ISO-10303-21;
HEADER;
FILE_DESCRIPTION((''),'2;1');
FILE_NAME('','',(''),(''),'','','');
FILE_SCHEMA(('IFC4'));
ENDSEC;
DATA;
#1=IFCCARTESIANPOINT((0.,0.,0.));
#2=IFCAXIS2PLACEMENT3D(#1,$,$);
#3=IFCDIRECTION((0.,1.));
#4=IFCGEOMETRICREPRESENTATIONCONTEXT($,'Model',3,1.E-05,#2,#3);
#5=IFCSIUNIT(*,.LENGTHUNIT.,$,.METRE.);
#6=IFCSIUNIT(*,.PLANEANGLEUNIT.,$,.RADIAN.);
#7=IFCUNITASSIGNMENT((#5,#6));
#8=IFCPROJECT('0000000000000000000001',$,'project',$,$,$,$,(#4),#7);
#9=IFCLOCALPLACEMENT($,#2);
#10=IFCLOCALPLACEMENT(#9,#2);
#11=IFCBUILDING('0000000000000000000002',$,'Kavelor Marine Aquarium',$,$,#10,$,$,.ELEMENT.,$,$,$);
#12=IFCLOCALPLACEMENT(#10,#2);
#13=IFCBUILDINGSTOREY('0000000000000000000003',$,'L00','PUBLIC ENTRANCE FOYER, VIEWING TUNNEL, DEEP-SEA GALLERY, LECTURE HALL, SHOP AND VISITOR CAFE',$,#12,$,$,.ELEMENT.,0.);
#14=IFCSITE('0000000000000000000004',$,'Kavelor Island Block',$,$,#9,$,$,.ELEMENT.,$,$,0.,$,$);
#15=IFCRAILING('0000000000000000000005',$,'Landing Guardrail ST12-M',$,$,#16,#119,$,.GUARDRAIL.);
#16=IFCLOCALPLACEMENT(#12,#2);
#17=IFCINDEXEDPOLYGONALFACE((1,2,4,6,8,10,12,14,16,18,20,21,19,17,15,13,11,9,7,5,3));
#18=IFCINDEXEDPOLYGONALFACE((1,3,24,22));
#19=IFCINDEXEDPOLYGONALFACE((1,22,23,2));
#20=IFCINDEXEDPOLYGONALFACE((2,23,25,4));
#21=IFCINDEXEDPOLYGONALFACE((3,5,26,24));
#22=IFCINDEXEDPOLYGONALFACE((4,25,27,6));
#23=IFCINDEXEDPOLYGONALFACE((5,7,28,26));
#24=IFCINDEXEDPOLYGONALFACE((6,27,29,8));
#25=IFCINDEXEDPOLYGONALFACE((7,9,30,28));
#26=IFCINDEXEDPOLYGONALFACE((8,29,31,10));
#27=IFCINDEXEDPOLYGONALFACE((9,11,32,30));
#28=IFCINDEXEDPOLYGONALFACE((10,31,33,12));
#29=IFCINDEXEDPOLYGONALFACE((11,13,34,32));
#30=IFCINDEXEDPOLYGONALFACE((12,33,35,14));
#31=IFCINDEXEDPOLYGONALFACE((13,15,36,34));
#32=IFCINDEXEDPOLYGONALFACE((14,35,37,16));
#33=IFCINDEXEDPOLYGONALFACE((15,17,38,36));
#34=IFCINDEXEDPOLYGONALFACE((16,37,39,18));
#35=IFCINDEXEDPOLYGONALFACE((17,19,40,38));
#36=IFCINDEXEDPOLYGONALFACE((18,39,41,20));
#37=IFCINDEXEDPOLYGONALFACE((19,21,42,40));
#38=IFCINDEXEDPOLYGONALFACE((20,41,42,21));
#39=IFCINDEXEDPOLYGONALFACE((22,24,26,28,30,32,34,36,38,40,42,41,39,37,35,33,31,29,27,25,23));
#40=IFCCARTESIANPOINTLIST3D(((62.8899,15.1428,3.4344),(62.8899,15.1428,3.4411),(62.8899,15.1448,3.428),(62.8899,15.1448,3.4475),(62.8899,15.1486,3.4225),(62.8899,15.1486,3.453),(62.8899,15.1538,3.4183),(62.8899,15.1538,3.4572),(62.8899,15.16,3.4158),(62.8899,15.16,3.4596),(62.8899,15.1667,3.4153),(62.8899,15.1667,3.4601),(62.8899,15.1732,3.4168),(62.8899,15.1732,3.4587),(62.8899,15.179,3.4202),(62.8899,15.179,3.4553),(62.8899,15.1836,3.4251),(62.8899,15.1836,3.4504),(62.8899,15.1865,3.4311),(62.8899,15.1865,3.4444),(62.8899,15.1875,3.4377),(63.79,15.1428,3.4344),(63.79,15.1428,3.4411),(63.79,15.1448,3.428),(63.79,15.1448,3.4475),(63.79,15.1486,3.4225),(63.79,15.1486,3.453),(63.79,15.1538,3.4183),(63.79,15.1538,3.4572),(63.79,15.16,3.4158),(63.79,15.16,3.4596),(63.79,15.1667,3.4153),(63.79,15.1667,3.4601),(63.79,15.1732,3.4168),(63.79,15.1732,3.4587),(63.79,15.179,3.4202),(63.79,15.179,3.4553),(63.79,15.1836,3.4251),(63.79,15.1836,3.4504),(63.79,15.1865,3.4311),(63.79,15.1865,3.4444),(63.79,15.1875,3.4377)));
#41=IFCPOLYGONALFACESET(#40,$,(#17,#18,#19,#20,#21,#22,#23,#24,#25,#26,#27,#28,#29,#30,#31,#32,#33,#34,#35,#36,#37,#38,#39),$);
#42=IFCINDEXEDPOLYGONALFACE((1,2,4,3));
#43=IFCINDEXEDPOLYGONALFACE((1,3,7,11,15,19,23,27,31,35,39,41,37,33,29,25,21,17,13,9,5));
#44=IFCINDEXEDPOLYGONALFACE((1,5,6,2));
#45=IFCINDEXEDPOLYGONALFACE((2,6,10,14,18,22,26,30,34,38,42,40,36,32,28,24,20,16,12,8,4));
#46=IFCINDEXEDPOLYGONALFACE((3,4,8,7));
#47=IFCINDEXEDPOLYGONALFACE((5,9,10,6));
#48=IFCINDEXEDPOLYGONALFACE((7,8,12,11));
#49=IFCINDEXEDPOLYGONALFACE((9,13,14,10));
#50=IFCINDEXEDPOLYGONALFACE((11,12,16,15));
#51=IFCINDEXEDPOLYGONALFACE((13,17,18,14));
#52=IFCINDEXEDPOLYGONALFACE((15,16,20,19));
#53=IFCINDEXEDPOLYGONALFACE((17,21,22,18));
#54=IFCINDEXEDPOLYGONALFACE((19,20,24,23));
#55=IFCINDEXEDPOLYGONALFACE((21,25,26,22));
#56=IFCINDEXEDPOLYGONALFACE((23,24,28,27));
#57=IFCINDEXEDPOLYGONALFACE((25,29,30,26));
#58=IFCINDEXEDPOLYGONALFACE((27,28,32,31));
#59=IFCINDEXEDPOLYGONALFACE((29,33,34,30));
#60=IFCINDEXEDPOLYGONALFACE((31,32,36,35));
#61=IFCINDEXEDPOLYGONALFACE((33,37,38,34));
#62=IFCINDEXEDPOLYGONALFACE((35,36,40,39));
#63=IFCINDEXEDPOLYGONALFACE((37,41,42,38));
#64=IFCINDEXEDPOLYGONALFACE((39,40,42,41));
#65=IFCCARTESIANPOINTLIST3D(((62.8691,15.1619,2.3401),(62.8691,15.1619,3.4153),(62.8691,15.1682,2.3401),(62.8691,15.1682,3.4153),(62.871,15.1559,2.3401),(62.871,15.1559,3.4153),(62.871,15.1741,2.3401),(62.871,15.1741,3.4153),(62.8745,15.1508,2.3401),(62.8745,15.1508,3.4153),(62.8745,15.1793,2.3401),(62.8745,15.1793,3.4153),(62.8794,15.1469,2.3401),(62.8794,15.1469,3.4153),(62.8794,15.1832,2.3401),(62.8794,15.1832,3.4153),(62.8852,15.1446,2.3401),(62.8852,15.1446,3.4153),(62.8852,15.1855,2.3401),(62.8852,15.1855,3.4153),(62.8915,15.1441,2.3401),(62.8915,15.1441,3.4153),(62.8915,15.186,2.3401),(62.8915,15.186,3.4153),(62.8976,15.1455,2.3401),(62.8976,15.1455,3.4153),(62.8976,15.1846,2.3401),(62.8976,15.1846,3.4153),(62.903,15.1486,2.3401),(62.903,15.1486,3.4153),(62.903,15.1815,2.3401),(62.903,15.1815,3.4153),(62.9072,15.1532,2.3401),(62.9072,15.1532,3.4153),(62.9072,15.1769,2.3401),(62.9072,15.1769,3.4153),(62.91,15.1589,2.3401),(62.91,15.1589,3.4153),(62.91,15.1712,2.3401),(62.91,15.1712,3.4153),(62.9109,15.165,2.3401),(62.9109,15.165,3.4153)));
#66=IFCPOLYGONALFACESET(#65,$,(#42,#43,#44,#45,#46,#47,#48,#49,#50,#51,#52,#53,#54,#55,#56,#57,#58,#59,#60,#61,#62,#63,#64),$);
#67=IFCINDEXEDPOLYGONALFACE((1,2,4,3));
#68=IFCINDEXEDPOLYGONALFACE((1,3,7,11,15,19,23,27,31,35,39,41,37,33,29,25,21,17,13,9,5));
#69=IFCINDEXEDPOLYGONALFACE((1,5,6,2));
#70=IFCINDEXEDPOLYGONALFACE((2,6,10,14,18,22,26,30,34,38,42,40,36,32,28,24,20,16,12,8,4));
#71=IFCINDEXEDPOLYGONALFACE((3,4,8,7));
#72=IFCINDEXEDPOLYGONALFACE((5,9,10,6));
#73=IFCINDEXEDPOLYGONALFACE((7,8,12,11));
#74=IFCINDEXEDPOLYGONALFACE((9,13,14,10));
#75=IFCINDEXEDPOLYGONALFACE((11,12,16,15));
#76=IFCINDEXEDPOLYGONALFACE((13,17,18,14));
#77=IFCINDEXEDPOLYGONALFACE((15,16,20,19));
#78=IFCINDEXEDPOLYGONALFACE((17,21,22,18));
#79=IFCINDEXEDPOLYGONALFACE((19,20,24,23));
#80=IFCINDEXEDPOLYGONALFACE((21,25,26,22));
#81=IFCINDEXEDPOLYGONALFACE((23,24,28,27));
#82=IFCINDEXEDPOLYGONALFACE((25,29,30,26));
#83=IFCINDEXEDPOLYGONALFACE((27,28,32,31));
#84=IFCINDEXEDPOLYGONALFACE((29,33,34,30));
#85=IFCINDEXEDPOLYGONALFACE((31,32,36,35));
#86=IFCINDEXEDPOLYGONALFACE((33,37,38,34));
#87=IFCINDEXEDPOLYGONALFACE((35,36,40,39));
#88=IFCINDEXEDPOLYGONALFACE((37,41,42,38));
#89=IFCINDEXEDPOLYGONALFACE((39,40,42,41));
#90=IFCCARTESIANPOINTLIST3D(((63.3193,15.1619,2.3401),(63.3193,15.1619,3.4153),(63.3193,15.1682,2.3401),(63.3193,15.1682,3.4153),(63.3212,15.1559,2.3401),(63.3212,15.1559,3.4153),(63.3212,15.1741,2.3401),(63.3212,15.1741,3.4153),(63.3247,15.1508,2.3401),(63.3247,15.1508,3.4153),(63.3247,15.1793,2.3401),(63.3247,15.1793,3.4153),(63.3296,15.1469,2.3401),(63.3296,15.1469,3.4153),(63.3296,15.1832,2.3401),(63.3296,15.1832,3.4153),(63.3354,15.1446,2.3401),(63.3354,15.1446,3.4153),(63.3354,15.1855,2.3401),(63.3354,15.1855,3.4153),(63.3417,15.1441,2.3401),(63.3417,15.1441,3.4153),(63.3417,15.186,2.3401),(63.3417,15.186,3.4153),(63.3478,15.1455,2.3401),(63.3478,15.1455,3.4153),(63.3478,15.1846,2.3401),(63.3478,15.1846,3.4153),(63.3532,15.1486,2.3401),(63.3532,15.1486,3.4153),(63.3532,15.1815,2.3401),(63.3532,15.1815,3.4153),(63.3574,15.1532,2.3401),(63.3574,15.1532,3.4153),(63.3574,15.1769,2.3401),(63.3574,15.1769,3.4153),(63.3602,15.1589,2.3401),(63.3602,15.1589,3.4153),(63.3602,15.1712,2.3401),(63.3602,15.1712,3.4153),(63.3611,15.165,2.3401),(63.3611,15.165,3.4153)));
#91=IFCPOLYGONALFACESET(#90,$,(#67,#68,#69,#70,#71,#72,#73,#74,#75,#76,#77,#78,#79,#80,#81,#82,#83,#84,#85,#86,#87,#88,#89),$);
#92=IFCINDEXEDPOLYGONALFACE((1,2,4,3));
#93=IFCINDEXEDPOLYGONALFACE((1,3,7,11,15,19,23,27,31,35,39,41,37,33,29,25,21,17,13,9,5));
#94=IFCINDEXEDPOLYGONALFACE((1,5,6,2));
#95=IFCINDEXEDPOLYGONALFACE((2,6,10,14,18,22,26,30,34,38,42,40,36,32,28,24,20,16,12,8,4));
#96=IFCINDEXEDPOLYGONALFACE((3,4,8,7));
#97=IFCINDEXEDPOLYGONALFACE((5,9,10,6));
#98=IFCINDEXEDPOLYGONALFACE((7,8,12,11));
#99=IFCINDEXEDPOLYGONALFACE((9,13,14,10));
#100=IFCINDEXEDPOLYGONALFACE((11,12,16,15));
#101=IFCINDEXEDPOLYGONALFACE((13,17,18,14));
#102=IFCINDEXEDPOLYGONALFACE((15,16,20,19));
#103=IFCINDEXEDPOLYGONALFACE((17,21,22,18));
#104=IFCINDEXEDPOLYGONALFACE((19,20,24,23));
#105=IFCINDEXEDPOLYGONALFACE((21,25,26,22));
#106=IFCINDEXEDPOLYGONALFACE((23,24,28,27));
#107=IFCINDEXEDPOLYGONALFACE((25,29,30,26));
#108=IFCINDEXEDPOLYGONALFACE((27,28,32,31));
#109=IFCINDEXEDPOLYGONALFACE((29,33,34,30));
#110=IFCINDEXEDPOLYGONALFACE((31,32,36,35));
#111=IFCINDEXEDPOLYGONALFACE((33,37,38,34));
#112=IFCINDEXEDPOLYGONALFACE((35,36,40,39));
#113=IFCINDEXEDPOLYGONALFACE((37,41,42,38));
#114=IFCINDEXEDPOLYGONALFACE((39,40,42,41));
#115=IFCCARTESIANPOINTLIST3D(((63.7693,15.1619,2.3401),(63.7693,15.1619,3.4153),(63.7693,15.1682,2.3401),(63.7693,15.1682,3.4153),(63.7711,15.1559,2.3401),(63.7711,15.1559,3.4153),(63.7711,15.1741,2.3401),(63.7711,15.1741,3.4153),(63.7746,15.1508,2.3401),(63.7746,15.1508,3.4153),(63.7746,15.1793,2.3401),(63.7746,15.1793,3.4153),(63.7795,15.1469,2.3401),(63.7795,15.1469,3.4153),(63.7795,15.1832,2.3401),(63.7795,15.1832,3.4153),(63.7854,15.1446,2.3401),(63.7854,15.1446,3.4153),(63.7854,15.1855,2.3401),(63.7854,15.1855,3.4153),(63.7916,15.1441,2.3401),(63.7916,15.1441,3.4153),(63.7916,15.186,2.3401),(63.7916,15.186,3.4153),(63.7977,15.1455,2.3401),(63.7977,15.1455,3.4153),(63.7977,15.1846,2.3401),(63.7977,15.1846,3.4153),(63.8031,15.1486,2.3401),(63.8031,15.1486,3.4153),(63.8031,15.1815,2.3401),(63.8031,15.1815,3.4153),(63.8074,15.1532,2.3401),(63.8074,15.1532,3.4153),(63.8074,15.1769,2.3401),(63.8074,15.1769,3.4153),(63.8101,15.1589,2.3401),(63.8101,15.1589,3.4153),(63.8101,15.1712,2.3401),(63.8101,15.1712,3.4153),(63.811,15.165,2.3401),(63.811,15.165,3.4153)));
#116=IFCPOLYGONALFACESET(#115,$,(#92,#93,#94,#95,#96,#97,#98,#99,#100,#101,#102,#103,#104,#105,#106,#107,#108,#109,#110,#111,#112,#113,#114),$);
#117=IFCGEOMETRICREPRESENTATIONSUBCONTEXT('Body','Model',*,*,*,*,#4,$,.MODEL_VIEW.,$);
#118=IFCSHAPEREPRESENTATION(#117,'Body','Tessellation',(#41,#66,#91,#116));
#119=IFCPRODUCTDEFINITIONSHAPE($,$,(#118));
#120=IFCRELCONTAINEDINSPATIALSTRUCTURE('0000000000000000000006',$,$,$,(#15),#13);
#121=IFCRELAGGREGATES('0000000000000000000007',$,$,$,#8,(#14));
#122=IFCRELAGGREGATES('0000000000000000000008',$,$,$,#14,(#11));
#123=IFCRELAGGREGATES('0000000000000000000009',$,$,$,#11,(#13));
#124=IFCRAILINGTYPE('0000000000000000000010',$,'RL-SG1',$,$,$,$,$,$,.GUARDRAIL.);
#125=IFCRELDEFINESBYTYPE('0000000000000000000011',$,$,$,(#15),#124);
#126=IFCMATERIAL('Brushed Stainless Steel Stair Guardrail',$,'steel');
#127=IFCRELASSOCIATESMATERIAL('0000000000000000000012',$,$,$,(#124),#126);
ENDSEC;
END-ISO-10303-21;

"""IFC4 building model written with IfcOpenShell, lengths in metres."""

from ifc_helpers import new_model, si_unit, direction, frame, origin, origin_2d, place, context, subcontext, project, spatial, circle, extrude, material, type_object, element, save


model = new_model("IFC4")

# Units and contexts
model_context = context("Model", 3, precision=1e-05, world=origin(), true_north=direction((0.0, 1.0)))
body_context = subcontext(model_context, "Body", "Model", "MODEL_VIEW")
ifc_project = project(units=[si_unit("LENGTHUNIT", "METRE"), si_unit("PLANEANGLEUNIT", "RADIAN")], contexts=[model_context])

# Site, building, storey
site_placement = place(None, origin())
site = spatial("IfcSite", under=ifc_project, at=site_placement, Name="Kavelor Island Block", CompositionType="ELEMENT", RefElevation=0.0)
building_placement = place(site_placement, origin())
building = spatial("IfcBuilding", under=site, at=building_placement, Name="Kavelor Marine Aquarium", CompositionType="ELEMENT")
storey_placement = place(building_placement, origin())
storey = spatial("IfcBuildingStorey", under=building, at=storey_placement, Name="L00", Description="PUBLIC ENTRANCE FOYER, VIEWING TUNNEL, DEEP-SEA GALLERY, LECTURE HALL, SHOP AND VISITOR CAFE", CompositionType="ELEMENT", Elevation=0.0)

# Railing
ifc_material_1 = material(Name="Brushed Stainless Steel Stair Guardrail", Category="steel")
railing_type_1 = type_object("IfcRailingType", Name="RL-SG1", PredefinedType="GUARDRAIL", material=ifc_material_1)
railing_1_placement = place(storey_placement, frame((62.8899, 15.165, 2.3401)))
element("IfcRailing", 1, at=railing_1_placement, inside=storey, type_object=railing_type_1, Name="Landing Guardrail ST12-M", PredefinedType="GUARDRAIL", context=body_context, shape_type="SweptSolid", body=[
    extrude(circle(Radius=0.0225, at=origin_2d()), frame((0.0, 0.0, 1.0977), z_axis=(1.0, 0.0, 0.0), x_axis=(0.0, 1.0, 0.0)), (0.0, 0.0, 1.0), 0.9001),
    extrude(circle(Radius=0.021, at=origin_2d()), origin(), (0.0, 0.0, 1.0), 1.0752),
    extrude(circle(Radius=0.021, at=origin_2d()), frame((0.4502, 0.0, 0.0)), (0.0, 0.0, 1.0), 1.0752),
    extrude(circle(Radius=0.021, at=origin_2d()), frame((0.9001, 0.0, 0.0)), (0.0, 0.0, 1.0), 1.0752),
])

save(model, "model.ifc")
